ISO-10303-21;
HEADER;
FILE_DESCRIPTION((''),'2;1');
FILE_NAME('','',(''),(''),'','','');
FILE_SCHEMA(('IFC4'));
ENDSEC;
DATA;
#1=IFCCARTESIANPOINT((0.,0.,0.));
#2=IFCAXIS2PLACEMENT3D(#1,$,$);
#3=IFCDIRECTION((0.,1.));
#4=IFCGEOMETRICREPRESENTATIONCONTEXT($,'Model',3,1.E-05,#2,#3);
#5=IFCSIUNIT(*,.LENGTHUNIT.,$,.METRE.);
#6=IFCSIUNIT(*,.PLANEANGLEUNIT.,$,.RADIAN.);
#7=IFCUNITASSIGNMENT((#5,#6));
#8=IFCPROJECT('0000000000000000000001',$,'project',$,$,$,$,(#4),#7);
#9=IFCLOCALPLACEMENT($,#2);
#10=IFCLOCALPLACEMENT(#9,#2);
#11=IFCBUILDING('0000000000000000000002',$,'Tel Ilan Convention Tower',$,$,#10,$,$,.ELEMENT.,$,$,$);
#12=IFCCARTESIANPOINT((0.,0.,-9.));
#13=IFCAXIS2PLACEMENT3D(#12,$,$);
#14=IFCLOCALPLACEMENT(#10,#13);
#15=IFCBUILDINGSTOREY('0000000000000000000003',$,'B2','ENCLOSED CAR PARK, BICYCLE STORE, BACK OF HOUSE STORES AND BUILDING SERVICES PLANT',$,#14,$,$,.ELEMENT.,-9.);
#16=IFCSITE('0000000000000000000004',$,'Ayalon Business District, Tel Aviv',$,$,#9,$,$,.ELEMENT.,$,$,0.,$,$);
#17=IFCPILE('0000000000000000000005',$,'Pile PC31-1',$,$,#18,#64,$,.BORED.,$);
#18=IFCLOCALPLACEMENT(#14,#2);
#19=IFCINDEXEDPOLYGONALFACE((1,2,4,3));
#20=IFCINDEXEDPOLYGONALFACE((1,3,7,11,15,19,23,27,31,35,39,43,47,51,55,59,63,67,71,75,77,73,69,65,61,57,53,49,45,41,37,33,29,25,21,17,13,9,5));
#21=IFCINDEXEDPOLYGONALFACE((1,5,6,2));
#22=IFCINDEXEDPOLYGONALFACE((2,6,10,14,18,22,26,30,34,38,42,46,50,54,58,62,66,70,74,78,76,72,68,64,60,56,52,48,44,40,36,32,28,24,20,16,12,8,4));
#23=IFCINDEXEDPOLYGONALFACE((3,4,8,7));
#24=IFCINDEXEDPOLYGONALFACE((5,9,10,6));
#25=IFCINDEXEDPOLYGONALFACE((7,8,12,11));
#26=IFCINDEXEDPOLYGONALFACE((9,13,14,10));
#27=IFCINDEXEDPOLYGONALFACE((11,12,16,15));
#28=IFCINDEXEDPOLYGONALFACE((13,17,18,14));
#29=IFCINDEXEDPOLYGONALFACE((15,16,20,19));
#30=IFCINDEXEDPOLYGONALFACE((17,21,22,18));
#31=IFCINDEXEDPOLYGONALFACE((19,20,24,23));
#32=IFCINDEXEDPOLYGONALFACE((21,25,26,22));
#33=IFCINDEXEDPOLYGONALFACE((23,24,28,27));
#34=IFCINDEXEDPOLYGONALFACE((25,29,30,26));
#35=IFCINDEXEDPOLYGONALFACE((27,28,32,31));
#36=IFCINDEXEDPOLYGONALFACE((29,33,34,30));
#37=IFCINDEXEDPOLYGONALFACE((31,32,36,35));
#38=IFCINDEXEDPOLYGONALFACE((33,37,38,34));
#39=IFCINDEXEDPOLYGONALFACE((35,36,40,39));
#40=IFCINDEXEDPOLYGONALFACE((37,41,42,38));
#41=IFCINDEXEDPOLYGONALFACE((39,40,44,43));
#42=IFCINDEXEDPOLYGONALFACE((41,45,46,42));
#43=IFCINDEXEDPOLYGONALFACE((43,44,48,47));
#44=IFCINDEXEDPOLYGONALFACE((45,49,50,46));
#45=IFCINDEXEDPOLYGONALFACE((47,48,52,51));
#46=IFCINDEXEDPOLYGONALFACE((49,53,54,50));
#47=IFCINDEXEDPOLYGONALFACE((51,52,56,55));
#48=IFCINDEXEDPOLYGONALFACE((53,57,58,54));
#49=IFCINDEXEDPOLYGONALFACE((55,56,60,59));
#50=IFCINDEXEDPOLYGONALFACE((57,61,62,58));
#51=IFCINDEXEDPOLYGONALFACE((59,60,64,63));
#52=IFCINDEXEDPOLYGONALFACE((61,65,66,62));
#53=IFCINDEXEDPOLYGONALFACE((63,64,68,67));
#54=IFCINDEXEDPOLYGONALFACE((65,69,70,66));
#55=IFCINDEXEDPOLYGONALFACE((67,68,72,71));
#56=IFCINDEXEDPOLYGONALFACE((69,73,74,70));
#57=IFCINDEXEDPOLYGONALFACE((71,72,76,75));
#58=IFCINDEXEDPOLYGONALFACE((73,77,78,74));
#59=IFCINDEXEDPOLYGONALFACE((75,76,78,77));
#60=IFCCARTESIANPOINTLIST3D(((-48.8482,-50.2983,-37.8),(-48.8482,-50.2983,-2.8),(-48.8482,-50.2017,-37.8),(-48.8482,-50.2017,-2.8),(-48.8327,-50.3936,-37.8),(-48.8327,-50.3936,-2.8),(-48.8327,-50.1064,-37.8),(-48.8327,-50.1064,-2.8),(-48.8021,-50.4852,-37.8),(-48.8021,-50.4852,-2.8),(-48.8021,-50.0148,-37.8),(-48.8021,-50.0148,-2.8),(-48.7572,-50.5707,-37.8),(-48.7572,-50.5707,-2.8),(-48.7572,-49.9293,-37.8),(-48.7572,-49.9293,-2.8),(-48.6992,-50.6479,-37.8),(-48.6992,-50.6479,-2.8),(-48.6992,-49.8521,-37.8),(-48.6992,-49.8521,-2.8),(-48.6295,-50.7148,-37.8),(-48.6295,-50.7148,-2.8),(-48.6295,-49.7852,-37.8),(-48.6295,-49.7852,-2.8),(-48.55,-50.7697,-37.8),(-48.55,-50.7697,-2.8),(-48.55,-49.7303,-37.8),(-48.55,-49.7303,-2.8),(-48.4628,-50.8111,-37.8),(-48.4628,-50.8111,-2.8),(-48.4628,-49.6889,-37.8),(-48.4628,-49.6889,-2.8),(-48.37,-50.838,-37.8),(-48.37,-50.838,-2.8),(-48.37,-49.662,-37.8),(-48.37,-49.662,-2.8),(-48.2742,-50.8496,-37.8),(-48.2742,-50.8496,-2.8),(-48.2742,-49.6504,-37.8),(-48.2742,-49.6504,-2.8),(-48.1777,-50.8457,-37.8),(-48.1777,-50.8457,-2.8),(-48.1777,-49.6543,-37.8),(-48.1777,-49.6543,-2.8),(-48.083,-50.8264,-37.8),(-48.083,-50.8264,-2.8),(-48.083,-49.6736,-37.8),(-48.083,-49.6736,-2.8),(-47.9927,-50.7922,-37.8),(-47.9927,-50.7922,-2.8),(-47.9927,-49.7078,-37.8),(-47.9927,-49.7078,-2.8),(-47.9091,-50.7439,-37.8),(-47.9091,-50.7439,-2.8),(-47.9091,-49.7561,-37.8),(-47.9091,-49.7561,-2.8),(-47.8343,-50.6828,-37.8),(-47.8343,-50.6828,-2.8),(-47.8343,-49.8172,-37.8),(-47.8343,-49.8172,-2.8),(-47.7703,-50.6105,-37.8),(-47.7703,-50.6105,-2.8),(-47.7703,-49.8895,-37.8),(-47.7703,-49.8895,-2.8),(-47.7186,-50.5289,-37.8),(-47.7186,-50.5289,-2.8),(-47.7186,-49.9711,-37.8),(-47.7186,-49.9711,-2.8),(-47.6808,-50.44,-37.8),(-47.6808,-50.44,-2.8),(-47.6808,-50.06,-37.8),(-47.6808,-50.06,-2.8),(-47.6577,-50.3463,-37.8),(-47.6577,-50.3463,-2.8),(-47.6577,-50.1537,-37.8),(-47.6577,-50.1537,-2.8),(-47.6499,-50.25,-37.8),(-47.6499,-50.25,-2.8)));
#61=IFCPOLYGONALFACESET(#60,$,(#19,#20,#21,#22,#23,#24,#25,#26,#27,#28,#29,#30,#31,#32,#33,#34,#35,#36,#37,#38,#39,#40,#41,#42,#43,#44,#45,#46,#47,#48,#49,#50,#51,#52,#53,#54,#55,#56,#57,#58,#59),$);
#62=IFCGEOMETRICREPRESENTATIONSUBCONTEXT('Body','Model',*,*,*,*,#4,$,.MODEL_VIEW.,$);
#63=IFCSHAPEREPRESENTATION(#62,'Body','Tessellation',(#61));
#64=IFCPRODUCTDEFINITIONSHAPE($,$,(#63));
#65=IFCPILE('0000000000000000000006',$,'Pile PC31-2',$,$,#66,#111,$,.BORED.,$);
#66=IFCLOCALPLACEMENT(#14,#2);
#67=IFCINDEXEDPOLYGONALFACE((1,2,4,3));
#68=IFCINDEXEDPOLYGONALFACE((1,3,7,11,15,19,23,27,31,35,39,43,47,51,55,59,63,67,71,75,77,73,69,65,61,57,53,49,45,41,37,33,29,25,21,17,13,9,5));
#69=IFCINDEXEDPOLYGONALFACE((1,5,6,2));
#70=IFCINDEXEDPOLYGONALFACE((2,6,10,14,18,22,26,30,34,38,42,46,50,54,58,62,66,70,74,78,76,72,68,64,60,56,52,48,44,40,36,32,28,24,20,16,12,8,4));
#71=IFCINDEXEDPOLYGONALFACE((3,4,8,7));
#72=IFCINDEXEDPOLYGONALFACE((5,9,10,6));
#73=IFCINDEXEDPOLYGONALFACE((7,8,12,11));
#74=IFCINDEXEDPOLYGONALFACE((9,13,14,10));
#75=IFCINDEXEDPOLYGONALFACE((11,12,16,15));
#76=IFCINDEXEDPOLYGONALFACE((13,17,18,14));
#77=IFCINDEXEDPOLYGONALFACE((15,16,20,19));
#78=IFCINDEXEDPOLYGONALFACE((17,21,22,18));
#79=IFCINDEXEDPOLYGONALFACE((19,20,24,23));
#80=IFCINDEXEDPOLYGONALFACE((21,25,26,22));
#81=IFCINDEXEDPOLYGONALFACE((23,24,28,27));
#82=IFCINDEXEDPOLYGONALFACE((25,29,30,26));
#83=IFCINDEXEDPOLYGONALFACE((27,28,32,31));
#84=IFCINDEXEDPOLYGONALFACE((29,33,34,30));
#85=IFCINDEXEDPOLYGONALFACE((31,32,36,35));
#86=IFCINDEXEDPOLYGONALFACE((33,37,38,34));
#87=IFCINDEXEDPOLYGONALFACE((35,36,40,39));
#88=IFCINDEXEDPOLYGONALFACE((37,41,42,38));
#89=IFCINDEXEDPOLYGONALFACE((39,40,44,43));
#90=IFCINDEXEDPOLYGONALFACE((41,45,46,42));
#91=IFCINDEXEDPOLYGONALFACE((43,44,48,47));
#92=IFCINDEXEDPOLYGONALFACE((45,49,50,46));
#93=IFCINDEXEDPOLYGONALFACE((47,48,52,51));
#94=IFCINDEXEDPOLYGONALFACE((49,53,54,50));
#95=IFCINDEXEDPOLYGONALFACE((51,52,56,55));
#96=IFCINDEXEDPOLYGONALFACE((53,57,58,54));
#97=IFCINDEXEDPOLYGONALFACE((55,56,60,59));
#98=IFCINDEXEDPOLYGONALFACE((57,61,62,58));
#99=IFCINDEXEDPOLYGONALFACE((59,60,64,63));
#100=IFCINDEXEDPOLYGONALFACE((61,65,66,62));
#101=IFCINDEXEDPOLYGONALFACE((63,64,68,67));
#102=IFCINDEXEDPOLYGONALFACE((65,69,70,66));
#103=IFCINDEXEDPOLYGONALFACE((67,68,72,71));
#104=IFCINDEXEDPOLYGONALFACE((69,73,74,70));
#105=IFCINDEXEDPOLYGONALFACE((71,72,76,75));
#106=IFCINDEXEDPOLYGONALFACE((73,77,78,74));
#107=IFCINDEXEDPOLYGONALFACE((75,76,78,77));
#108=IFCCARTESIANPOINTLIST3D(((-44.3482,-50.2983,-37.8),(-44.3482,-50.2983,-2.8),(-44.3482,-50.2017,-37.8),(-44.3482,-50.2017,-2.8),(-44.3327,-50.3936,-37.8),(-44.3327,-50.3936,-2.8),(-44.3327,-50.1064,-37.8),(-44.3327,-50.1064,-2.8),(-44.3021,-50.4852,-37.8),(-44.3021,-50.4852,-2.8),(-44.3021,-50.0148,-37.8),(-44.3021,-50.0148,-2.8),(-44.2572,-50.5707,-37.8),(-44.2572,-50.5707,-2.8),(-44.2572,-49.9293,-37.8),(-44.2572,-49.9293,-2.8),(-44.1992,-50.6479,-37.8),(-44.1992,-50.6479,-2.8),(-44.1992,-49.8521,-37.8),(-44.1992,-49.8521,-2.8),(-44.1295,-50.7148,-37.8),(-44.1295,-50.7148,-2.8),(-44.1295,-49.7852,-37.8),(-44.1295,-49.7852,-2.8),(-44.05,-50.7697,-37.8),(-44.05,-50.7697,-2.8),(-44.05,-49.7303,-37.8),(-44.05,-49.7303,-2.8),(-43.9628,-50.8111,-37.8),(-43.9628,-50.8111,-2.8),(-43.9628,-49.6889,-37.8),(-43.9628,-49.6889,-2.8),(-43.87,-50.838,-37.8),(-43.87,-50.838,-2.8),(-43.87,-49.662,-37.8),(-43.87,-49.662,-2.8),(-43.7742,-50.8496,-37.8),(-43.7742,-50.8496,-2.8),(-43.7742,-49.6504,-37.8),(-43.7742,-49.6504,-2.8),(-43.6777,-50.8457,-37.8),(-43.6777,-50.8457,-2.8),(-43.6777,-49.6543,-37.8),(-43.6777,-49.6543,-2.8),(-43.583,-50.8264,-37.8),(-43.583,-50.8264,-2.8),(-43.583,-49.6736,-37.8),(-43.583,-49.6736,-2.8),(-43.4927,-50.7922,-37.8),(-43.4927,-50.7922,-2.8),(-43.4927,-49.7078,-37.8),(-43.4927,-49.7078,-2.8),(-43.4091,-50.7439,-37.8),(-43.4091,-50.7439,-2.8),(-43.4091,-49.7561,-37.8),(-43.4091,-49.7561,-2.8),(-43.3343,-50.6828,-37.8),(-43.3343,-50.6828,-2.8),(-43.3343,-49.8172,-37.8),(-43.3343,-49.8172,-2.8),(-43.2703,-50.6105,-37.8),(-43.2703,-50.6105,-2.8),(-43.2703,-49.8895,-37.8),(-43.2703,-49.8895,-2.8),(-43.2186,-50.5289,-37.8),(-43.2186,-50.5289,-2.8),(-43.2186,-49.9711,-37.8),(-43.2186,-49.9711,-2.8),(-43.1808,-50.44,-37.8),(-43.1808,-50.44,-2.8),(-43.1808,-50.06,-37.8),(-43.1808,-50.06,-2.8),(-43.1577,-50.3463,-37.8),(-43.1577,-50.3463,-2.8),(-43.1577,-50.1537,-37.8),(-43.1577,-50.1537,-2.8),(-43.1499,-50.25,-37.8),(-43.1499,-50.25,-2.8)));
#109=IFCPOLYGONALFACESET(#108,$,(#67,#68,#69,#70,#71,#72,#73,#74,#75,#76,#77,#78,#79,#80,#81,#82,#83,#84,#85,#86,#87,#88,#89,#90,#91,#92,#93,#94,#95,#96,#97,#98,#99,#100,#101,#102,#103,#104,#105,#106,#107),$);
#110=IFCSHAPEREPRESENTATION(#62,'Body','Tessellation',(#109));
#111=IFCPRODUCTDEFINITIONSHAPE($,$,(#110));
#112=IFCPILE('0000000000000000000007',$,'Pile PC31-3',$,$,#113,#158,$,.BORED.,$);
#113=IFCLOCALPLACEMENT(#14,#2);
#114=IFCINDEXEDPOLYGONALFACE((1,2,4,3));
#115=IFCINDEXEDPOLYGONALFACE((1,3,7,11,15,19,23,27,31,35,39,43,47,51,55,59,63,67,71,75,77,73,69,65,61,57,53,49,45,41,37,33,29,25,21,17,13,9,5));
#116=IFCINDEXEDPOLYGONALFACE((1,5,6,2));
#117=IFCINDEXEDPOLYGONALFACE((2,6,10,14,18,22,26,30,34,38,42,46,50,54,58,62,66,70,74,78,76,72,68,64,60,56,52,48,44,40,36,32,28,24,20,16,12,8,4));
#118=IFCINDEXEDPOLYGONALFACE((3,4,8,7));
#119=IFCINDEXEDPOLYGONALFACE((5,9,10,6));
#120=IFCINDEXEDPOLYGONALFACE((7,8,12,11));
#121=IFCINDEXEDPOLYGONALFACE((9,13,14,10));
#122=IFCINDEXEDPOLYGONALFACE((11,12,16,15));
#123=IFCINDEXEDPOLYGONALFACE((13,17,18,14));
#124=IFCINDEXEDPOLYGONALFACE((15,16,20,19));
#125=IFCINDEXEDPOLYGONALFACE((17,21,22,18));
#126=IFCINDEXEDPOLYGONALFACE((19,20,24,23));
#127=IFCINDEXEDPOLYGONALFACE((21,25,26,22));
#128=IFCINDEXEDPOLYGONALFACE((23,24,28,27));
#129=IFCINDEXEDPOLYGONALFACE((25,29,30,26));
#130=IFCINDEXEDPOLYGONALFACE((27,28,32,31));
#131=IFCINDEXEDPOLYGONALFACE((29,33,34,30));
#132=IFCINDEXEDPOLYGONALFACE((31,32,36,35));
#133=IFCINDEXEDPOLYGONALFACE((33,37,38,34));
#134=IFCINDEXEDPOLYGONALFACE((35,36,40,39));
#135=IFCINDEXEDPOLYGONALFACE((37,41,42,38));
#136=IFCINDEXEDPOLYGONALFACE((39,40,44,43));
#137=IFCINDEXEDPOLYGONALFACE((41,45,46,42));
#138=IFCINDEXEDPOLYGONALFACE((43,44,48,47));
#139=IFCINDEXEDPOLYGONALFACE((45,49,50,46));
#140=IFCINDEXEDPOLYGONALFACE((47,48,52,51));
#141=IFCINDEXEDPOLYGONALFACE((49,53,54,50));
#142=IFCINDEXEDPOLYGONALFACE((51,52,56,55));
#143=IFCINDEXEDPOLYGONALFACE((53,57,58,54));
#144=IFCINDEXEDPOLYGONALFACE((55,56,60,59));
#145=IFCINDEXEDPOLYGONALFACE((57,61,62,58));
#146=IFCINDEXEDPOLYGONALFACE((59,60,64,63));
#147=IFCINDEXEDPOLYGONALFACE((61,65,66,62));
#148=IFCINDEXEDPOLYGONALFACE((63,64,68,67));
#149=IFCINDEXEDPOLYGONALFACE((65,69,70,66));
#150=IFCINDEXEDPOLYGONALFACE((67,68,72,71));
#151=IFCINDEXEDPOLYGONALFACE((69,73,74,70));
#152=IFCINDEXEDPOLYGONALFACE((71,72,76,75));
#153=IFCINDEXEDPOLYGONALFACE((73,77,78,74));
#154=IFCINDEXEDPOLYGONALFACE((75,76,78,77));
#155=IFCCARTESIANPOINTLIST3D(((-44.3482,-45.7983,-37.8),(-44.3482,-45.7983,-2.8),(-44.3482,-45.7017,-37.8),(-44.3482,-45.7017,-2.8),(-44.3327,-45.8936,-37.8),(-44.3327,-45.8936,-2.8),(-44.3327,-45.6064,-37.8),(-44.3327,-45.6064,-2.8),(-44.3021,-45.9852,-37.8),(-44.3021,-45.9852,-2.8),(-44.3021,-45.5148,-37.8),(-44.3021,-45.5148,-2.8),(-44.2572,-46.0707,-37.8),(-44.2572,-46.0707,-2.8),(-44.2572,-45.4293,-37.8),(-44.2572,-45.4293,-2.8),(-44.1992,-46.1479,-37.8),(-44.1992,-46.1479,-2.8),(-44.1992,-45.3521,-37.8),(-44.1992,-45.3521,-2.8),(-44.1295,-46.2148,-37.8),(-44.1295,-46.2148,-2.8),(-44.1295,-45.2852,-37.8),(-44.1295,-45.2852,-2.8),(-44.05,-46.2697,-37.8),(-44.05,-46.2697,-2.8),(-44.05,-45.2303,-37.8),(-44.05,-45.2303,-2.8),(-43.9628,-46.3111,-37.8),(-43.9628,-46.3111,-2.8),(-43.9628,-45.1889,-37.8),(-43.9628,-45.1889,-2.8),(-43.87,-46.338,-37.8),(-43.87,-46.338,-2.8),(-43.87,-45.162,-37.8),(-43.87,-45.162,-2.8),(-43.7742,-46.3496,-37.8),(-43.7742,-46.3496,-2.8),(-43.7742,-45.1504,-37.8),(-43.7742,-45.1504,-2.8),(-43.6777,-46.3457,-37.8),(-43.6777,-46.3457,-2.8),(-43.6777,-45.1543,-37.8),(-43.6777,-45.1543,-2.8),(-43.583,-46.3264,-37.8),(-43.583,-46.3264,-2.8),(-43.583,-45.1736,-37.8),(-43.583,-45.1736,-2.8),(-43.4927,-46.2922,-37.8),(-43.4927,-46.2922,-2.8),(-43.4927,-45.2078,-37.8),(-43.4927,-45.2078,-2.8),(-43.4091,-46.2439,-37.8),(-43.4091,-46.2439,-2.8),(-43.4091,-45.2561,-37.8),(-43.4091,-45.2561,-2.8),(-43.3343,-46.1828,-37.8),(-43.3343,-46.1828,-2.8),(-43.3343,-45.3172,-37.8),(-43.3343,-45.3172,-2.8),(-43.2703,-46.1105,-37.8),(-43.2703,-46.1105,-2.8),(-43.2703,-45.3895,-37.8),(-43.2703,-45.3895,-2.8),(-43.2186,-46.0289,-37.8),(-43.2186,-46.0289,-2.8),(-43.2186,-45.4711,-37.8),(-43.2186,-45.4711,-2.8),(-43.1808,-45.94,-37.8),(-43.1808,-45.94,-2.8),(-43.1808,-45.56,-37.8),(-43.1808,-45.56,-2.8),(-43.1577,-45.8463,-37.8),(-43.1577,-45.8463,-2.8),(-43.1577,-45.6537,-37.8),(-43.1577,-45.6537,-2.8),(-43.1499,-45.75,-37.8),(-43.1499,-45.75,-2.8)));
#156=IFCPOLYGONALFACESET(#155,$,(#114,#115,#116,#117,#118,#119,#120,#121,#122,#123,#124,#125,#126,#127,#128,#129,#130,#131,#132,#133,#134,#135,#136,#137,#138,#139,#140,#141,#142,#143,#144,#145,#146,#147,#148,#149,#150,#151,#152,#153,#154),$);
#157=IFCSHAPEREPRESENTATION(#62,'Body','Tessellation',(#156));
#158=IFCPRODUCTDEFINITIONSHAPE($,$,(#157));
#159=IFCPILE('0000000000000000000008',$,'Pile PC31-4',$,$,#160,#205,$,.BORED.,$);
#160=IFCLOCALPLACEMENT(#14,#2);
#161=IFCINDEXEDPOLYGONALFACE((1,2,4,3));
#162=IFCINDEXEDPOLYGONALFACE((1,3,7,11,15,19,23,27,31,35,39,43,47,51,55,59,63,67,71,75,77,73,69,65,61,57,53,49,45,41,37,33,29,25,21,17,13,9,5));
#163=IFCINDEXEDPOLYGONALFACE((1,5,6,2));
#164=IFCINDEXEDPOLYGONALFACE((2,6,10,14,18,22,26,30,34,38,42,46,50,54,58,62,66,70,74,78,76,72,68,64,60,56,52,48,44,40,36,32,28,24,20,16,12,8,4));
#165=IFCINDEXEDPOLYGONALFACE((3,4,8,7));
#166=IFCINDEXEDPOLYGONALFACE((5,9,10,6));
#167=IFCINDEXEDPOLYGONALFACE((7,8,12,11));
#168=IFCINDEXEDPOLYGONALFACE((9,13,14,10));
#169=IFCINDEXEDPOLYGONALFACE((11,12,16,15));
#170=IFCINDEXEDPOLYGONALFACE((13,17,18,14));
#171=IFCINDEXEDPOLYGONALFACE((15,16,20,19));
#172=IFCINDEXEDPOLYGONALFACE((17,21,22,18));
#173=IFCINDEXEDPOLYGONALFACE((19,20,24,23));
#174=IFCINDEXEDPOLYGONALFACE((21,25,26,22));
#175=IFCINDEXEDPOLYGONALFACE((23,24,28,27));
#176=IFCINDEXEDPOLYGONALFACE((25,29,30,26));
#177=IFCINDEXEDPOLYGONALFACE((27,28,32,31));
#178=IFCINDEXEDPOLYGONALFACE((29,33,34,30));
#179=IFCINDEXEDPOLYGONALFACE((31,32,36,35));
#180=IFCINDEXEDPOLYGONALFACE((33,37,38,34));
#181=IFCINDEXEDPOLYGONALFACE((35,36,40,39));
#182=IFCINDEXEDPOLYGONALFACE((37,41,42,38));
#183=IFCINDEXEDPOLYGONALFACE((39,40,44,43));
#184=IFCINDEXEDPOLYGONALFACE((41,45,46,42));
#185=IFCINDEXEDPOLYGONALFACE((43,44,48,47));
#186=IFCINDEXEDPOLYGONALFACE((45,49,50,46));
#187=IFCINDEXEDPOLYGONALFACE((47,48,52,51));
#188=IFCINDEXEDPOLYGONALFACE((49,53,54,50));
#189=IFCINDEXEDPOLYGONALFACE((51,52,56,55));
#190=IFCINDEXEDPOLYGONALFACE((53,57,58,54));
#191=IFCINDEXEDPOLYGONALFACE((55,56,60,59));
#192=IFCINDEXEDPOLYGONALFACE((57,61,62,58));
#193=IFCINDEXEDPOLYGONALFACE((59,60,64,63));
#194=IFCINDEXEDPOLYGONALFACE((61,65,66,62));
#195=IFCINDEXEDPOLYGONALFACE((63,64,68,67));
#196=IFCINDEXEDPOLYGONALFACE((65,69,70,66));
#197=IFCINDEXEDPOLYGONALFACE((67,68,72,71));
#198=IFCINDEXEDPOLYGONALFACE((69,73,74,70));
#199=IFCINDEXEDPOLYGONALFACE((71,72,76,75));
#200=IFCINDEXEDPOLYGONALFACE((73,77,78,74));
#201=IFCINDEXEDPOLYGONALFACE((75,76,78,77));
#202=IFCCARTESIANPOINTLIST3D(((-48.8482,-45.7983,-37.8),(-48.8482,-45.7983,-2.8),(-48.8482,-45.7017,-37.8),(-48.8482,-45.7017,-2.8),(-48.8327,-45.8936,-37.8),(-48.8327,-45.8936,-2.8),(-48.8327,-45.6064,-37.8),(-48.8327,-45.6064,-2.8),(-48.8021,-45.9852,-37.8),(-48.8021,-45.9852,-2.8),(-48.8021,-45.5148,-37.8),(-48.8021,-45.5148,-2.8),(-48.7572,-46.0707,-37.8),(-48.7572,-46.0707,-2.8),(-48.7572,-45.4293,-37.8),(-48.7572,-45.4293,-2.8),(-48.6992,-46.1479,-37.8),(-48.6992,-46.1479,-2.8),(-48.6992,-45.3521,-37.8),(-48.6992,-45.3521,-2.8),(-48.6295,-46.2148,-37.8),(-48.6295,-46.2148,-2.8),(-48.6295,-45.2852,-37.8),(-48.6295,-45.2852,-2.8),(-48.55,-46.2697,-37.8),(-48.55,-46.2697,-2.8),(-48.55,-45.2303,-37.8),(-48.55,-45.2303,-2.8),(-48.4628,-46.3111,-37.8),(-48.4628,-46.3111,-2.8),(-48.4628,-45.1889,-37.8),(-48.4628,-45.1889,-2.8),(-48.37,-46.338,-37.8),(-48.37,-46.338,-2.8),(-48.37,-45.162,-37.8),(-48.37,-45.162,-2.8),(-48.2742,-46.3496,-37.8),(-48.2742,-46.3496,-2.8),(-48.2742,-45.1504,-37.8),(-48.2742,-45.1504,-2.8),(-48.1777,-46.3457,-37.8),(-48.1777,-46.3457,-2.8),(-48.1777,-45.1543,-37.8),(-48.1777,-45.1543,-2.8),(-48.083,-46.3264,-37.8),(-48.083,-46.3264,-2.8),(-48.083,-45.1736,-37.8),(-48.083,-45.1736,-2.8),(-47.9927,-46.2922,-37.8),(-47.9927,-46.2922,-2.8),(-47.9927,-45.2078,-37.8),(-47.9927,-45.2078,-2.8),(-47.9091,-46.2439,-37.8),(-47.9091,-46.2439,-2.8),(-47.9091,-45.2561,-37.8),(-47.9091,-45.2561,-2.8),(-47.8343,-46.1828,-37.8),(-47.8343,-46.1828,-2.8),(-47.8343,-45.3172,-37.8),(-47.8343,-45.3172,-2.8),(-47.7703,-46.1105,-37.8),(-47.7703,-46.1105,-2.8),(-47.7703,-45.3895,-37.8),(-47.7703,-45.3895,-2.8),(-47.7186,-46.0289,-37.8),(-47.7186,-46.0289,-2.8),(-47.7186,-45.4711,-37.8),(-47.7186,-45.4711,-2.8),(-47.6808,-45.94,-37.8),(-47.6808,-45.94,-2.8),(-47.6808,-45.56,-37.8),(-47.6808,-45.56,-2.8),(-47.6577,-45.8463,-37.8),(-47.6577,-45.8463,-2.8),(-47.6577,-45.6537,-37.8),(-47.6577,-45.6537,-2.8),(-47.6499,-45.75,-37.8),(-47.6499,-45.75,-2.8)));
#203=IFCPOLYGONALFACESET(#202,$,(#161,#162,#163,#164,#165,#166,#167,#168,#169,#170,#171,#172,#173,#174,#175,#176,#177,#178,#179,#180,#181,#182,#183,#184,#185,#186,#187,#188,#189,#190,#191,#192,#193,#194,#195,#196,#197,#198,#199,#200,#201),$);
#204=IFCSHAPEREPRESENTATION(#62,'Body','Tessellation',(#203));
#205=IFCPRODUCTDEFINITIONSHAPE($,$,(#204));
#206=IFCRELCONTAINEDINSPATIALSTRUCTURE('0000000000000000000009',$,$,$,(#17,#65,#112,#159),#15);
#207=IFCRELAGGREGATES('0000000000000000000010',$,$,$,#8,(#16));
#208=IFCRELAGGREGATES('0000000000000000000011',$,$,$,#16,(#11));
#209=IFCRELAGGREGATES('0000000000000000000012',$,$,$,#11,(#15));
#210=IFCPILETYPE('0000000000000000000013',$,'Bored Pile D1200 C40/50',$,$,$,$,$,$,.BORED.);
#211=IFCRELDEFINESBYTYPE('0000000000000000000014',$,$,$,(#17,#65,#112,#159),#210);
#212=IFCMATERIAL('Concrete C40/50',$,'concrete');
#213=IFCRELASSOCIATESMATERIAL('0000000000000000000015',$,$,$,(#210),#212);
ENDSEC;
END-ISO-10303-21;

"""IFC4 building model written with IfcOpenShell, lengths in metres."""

from ifc_helpers import new_model, si_unit, direction, frame, origin, origin_2d, place, context, subcontext, project, spatial, circle, extrude, material, material_profile, profile_set, type_object, element, save


model = new_model("IFC4")

# Units and contexts
model_context = context("Model", 3, precision=1e-05, world=origin(), true_north=direction((0.0, 1.0)))
body_context = subcontext(model_context, "Body", "Model", "MODEL_VIEW")
ifc_project = project(units=[si_unit("LENGTHUNIT", "METRE"), si_unit("PLANEANGLEUNIT", "RADIAN")], contexts=[model_context])

# Site, building, storey
site_placement = place(None, origin())
site = spatial("IfcSite", under=ifc_project, at=site_placement, Name="Ayalon Business District, Tel Aviv", CompositionType="ELEMENT", RefElevation=0.0)
building_placement = place(site_placement, origin())
building = spatial("IfcBuilding", under=site, at=building_placement, Name="Tel Ilan Convention Tower", CompositionType="ELEMENT")
storey_placement = place(building_placement, frame((0.0, 0.0, -9.0)))
storey = spatial("IfcBuildingStorey", under=building, at=storey_placement, Name="B2", Description="ENCLOSED CAR PARK, BICYCLE STORE, BACK OF HOUSE STORES AND BUILDING SERVICES PLANT", CompositionType="ELEMENT", Elevation=-9.0)

# Piles
ifc_material_1 = material(Name="Concrete C40/50", Category="concrete")
ifc_material_profile_1 = material_profile(ifc_material_1, circle(Radius=0.6001, at=origin_2d()), Name="BORED D1200")
ifc_profile_set_1 = profile_set([ifc_material_profile_1], Name="Concrete C40/50")
pile_type_1 = type_object("IfcPileType", Name="Bored Pile D1200 C40/50", PredefinedType="BORED", material=ifc_profile_set_1)
for number, where, z_axis, x_axis, name in (
    (1, (-48.25, -50.25, -2.8), (0.0, 0.0, -1.0), (1.0, 0.0, 0.0), "Pile PC31-1"),
    (2, (-43.75, -50.25, -2.8), (0.0, 0.0, -1.0), (1.0, 0.0, 0.0), "Pile PC31-2"),
    (3, (-43.75, -45.75, -2.8), (0.0, 0.0, -1.0), (1.0, 0.0, 0.0), "Pile PC31-3"),
    (4, (-48.25, -45.75, -2.8), (0.0, 0.0, -1.0), (1.0, 0.0, 0.0), "Pile PC31-4"),
):
    element("IfcPile", number, at=place(storey_placement, frame(where, z_axis=z_axis, x_axis=x_axis)), inside=storey, type_object=pile_type_1, Name=name, PredefinedType="BORED", context=body_context, shape_type="SweptSolid", body=[
        extrude(circle(Radius=0.6001, at=origin_2d()), origin(), (0.0, 0.0, 1.0), 35.0),
    ])

save(model, "model.ifc")
